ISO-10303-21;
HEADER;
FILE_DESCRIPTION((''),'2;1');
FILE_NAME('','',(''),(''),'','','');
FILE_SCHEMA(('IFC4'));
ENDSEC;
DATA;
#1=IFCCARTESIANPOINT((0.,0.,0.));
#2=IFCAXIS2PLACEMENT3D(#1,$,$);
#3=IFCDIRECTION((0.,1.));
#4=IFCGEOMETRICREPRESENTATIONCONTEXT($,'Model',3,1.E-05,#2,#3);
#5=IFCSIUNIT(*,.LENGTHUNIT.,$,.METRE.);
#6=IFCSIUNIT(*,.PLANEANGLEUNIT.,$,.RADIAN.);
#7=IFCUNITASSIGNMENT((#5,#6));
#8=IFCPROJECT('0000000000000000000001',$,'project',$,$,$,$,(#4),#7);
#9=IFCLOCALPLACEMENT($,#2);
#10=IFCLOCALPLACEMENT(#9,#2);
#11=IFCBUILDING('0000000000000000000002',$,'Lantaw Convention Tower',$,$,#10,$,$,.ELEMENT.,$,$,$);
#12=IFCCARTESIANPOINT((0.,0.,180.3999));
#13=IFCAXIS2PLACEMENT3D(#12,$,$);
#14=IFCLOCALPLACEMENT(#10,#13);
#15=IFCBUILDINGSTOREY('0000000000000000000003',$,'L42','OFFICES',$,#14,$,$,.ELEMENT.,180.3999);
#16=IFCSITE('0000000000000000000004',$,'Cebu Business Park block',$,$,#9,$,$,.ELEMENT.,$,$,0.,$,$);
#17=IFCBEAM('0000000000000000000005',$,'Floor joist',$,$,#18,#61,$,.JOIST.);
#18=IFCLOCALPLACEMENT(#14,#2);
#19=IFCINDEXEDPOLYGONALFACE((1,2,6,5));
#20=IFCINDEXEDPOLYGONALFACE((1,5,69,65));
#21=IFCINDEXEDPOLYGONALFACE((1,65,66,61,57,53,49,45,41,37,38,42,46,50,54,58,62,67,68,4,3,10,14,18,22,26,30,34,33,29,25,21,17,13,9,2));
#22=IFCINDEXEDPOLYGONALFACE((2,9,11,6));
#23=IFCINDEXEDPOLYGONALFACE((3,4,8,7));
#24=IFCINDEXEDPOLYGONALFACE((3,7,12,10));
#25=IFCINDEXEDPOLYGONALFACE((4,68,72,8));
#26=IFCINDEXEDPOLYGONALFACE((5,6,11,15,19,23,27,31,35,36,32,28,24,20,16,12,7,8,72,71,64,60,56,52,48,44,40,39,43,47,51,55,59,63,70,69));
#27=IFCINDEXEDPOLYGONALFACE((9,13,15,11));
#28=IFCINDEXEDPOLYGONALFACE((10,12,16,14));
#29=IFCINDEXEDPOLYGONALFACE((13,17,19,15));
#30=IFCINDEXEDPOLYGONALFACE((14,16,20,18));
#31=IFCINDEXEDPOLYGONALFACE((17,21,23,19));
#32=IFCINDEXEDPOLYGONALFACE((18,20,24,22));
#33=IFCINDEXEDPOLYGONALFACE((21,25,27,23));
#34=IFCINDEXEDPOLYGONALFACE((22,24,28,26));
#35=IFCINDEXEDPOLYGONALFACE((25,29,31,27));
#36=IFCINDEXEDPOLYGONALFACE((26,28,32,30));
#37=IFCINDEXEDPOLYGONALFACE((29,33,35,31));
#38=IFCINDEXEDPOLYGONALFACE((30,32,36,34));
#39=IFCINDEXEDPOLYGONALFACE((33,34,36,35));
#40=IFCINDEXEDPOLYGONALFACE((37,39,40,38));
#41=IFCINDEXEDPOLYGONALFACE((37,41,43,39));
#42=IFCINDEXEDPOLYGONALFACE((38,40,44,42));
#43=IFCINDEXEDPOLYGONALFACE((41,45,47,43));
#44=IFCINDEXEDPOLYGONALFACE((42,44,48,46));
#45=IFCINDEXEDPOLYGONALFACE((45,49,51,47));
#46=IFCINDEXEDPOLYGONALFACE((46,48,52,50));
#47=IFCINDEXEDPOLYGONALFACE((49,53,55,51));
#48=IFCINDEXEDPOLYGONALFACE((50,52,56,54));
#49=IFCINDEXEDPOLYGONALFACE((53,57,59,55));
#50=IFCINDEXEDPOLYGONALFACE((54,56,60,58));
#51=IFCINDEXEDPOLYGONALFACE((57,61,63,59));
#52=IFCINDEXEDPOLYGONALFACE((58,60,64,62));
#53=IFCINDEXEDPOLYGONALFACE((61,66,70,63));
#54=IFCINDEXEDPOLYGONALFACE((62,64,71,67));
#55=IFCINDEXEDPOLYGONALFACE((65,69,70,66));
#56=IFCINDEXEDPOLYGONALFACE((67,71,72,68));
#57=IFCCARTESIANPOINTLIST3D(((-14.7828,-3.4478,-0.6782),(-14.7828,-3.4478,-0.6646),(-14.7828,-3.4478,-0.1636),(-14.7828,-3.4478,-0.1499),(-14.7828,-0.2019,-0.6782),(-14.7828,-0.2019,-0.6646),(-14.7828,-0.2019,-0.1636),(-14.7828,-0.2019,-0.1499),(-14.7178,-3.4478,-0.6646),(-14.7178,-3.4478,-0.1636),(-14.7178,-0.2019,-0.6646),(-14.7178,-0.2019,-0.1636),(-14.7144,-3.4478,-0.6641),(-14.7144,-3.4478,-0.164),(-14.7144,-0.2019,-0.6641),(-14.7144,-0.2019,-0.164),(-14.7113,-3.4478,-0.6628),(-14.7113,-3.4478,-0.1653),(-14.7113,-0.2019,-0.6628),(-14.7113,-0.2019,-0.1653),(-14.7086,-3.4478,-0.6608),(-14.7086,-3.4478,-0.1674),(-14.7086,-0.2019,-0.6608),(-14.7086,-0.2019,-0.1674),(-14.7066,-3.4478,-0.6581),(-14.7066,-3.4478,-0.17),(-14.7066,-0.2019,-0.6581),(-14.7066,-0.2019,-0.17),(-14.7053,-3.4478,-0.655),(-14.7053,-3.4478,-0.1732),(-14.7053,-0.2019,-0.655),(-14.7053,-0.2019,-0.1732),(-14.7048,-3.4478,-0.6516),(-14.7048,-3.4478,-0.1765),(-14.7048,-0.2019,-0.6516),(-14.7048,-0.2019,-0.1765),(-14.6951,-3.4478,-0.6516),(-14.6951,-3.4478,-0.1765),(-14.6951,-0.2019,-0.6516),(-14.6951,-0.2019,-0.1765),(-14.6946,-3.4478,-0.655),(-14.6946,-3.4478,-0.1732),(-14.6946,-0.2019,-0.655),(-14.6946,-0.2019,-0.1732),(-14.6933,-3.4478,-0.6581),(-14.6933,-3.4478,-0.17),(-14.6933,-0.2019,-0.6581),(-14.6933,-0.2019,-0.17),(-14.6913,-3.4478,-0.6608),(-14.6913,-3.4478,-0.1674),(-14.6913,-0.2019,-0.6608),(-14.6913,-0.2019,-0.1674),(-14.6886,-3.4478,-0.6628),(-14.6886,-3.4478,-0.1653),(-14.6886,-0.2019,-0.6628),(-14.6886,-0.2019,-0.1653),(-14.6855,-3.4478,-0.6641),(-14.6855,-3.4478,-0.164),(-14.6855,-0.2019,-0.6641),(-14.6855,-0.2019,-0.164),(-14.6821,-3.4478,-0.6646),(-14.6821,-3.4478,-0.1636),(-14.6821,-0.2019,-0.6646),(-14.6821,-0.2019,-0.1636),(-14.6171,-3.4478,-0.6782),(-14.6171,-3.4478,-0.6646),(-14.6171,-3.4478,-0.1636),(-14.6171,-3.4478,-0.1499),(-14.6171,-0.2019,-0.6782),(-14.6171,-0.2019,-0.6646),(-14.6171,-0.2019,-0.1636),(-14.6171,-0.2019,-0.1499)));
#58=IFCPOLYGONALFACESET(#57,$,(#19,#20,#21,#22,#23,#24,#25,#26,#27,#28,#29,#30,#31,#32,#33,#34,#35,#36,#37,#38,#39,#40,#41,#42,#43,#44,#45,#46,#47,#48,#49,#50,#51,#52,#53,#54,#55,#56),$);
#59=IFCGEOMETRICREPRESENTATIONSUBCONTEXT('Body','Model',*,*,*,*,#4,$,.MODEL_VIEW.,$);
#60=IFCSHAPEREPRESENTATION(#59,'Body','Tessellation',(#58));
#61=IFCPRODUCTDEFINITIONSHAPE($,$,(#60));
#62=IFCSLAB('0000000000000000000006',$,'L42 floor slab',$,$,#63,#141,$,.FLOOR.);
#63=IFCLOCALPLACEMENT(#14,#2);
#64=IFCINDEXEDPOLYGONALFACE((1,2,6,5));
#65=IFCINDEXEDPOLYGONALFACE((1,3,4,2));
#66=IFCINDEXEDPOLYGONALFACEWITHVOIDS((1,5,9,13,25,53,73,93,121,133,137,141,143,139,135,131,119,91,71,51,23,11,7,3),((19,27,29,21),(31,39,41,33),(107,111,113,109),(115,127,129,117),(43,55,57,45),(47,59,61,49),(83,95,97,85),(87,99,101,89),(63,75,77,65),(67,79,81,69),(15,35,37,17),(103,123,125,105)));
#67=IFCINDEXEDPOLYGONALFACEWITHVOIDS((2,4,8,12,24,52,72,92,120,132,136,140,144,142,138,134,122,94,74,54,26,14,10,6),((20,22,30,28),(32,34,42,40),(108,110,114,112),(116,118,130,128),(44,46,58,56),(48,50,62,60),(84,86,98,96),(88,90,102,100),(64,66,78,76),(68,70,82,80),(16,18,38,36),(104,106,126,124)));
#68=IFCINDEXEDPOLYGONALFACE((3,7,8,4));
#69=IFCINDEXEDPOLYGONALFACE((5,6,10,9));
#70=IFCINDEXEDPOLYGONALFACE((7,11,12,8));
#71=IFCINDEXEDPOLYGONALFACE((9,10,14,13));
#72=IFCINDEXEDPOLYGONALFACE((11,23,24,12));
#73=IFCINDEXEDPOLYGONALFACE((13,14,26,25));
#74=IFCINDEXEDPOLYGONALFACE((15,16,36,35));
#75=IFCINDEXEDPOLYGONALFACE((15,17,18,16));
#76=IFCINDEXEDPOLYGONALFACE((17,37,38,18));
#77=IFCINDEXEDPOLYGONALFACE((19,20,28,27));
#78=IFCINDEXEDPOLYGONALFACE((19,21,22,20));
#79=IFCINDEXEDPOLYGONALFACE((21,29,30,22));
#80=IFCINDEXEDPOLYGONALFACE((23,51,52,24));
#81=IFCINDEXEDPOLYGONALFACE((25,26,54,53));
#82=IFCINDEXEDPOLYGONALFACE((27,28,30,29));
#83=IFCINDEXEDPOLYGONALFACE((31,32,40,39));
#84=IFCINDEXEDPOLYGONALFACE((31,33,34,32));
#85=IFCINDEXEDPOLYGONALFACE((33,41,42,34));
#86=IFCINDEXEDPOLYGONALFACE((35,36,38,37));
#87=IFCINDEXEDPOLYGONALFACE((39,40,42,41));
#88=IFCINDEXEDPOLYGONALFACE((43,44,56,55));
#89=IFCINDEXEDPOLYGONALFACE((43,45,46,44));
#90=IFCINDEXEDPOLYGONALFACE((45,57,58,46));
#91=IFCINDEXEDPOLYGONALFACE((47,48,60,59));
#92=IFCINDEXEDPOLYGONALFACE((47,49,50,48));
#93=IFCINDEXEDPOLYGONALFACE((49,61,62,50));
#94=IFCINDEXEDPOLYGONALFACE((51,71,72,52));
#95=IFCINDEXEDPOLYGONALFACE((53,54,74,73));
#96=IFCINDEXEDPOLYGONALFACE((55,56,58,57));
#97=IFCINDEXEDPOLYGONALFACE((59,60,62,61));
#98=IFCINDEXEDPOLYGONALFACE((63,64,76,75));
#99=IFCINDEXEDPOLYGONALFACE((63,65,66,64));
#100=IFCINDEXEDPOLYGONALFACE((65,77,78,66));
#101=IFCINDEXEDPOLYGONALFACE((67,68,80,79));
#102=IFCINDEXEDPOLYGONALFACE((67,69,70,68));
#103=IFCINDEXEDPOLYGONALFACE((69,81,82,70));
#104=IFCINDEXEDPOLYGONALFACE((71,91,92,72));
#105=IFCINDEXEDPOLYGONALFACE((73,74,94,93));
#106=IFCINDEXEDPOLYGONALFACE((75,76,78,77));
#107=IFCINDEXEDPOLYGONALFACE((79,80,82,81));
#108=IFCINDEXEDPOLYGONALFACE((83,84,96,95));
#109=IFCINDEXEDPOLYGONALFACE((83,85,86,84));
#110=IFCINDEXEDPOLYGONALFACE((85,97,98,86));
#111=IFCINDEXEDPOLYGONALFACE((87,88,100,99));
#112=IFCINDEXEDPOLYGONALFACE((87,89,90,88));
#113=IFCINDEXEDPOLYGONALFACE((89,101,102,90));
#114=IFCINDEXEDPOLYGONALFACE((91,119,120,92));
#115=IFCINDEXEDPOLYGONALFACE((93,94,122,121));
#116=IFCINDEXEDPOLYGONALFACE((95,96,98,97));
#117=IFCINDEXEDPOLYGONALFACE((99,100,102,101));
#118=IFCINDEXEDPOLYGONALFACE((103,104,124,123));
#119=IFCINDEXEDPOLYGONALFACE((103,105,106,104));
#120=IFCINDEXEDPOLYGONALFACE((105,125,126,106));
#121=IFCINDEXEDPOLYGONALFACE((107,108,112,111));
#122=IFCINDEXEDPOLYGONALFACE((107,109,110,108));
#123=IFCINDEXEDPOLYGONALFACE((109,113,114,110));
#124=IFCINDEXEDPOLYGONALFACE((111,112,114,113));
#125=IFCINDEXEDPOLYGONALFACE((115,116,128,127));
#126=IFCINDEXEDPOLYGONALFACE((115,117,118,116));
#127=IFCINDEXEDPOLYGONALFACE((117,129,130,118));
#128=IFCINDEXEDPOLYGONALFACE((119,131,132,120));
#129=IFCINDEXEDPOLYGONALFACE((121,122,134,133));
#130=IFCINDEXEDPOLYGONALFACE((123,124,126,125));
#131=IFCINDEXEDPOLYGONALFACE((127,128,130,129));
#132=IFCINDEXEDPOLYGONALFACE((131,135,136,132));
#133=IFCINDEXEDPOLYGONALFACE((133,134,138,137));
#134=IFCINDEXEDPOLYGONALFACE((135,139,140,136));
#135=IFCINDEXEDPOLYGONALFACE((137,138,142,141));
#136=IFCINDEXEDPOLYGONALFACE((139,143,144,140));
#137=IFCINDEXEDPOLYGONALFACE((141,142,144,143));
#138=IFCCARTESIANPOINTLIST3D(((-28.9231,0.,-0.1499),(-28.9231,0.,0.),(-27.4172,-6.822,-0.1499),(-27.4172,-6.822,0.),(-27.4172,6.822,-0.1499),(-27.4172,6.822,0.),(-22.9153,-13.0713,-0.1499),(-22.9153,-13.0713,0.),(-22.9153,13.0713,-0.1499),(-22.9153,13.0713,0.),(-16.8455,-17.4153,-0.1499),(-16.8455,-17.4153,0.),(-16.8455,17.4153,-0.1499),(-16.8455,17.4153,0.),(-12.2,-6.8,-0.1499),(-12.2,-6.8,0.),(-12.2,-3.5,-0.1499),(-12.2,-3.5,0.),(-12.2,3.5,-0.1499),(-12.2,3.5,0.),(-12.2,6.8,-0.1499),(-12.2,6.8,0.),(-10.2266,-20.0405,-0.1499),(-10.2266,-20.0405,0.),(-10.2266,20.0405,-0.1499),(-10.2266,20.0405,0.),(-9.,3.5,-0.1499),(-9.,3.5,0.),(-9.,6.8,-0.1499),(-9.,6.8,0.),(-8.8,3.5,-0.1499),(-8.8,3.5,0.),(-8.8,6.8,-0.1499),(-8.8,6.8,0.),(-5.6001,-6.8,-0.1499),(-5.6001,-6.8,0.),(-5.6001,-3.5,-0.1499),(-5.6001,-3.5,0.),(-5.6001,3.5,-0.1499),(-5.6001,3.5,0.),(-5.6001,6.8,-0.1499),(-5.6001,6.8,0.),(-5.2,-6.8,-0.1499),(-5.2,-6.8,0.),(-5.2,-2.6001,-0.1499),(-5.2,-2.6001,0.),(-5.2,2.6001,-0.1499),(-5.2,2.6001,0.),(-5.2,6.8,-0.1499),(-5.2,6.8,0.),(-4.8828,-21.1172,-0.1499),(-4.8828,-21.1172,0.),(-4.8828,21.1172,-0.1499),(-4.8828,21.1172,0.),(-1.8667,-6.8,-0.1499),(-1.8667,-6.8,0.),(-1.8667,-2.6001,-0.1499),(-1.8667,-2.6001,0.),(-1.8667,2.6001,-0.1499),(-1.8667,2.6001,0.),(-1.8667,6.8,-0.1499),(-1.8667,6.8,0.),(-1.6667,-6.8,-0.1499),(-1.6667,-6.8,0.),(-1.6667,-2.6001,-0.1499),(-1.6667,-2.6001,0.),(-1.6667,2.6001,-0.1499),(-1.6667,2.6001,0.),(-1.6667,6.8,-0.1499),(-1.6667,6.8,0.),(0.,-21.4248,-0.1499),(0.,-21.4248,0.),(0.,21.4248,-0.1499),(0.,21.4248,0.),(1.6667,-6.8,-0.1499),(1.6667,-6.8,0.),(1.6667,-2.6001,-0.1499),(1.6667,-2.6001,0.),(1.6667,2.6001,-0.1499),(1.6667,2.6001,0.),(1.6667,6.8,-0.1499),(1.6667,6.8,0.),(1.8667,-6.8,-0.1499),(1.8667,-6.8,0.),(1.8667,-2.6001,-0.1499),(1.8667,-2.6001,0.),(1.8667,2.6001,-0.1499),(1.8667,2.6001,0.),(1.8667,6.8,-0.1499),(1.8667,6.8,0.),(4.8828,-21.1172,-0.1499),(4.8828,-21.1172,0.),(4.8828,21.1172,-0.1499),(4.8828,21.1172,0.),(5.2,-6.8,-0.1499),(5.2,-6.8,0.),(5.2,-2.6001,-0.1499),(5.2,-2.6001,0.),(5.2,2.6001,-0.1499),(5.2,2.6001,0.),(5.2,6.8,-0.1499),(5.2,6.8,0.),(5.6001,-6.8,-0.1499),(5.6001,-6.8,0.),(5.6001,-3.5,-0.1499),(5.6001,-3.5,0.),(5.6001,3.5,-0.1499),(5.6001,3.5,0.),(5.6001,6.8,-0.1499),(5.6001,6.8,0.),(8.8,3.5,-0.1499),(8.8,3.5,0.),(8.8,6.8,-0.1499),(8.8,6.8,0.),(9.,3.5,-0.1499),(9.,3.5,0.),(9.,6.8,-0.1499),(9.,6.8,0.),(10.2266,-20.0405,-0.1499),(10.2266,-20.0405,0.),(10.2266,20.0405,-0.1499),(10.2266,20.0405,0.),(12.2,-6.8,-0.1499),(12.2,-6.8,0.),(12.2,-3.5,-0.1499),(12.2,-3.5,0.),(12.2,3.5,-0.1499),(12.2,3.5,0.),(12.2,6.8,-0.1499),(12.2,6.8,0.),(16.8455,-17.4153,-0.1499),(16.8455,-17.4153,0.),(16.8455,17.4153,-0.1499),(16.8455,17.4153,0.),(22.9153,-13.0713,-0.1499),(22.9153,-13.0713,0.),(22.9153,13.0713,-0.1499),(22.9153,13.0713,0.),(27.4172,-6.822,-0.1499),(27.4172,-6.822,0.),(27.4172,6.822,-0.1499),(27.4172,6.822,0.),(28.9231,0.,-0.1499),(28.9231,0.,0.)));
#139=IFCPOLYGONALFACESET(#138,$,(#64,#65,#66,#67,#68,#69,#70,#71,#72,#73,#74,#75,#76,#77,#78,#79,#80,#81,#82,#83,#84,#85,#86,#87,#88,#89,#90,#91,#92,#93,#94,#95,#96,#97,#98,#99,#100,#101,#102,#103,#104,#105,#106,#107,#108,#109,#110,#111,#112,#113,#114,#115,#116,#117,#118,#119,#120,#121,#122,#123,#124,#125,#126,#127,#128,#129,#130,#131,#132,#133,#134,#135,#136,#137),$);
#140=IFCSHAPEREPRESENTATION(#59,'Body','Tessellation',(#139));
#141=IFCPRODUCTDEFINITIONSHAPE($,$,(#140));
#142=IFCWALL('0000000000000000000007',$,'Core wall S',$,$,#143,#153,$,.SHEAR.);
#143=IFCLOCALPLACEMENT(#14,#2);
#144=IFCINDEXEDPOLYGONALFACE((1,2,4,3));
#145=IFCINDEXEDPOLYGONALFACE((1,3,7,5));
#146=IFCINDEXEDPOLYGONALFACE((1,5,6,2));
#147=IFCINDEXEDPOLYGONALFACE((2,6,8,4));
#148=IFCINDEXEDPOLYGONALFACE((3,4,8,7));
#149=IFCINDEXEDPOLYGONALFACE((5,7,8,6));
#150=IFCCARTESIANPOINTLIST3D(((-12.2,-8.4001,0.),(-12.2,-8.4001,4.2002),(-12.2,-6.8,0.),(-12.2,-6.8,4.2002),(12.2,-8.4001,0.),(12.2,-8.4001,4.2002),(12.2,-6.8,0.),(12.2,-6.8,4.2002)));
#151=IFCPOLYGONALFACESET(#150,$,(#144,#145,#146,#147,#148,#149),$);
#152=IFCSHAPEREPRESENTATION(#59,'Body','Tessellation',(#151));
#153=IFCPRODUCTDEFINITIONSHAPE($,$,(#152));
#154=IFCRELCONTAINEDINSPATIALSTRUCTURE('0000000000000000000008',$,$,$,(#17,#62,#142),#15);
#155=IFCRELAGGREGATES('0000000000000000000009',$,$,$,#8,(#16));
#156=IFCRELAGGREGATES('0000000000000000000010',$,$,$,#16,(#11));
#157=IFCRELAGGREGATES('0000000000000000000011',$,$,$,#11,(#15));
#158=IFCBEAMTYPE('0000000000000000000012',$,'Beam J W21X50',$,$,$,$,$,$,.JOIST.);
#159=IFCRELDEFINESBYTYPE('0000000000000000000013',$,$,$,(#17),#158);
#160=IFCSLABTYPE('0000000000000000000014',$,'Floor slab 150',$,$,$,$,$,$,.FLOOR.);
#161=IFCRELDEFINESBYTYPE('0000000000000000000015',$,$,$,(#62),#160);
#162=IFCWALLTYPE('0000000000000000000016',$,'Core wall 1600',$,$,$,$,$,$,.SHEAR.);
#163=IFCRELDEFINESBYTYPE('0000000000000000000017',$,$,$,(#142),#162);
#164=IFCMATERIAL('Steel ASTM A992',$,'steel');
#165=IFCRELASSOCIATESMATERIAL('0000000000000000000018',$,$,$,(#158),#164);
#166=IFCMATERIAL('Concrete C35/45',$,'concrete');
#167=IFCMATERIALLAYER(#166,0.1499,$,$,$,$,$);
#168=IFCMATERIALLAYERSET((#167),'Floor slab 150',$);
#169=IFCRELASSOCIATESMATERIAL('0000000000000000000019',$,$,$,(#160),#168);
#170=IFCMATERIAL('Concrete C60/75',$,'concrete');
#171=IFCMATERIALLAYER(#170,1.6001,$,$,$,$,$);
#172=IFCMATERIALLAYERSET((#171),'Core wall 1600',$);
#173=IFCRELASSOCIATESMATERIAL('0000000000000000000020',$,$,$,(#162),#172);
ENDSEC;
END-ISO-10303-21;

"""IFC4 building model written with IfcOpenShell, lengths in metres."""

from ifc_helpers import new_model, si_unit, direction, frame, frame_2d, origin, origin_2d, place, context, subcontext, project, spatial, polyline, rectangle, i_section, outline, extrude, material, layer, layer_set, material_profile, profile_set, type_object, element, save


model = new_model("IFC4")

# Units and contexts
model_context = context("Model", 3, precision=1e-05, world=origin(), true_north=direction((0.0, 1.0)))
body_context = subcontext(model_context, "Body", "Model", "MODEL_VIEW")
ifc_project = project(units=[si_unit("LENGTHUNIT", "METRE"), si_unit("PLANEANGLEUNIT", "RADIAN")], contexts=[model_context])

# Site, building, storey
site_placement = place(None, origin())
site = spatial("IfcSite", under=ifc_project, at=site_placement, Name="Cebu Business Park block", CompositionType="ELEMENT", RefElevation=0.0)
building_placement = place(site_placement, origin())
building = spatial("IfcBuilding", under=site, at=building_placement, Name="Lantaw Convention Tower", CompositionType="ELEMENT")
storey_placement = place(building_placement, frame((0.0, 0.0, 180.3999)))
storey = spatial("IfcBuildingStorey", under=building, at=storey_placement, Name="L42", Description="OFFICES", CompositionType="ELEMENT", Elevation=180.3999)

# Beam
ifc_material_1 = material(Name="Steel ASTM A992", Category="steel")
ifc_material_profile_1 = material_profile(ifc_material_1, i_section(OverallWidth=0.1658, OverallDepth=0.5283, WebThickness=0.0098, FlangeThickness=0.0137, FilletRadius=0.0129, at=origin_2d()), Name="W21X50")
ifc_profile_set_1 = profile_set([ifc_material_profile_1], Name="Steel ASTM A992")
beam_type_1 = type_object("IfcBeamType", Name="Beam J W21X50", PredefinedType="JOIST", material=ifc_profile_set_1)
beam_1_placement = place(storey_placement, frame((-14.7, -3.4478, -0.4141), z_axis=(0.0, 1.0, 0.0), x_axis=(-1.0, 0.0, 0.0)))
element("IfcBeam", 1, at=beam_1_placement, inside=storey, type_object=beam_type_1, Name="Floor joist", PredefinedType="JOIST", context=body_context, shape_type="SweptSolid", body=[
    extrude(i_section(OverallWidth=0.1658, OverallDepth=0.5283, WebThickness=0.0098, FlangeThickness=0.0137, FilletRadius=0.0129, at=origin_2d()), origin(), (0.0, 0.0, 1.0), 3.2458),
])

# Slab
ifc_material_2 = material(Name="Concrete C35/45", Category="concrete")
ifc_layer_1 = layer(ifc_material_2, 0.1499)
ifc_layer_set_1 = layer_set([ifc_layer_1], Name="Floor slab 150")
slab_type = type_object("IfcSlabType", Name="Floor slab 150", PredefinedType="FLOOR", material=ifc_layer_set_1)
slab_placement = place(storey_placement, frame((0.0, 0.0, -0.1499)))
element("IfcSlab", 2, at=slab_placement, inside=storey, type_object=slab_type, Name="L42 floor slab", PredefinedType="FLOOR", context=body_context, shape_type="SweptSolid", body=[
    extrude(outline(polyline([(27.4172, -6.822), (28.9231, 0.0), (27.4172, 6.822), (22.9153, 13.0713), (16.8455, 17.4153), (10.2266, 20.0405), (4.8828, 21.1172), (0.0, 21.4248), (-4.8828, 21.1172), (-10.2266, 20.0405), (-16.8455, 17.4153), (-22.9153, 13.0713), (-27.4172, 6.822), (-28.9231, 0.0), (-27.4172, -6.822), (-22.9153, -13.0713), (-16.8455, -17.4153), (-10.2266, -20.0405), (-4.8828, -21.1172), (0.0, -21.4248), (4.8828, -21.1172), (10.2266, -20.0405), (16.8455, -17.4153), (22.9153, -13.0713), (27.4172, -6.822)]), holes=[polyline([(-5.6001, -3.5), (-12.2, -3.5), (-12.2, -6.8), (-5.6001, -6.8), (-5.6001, -3.5)]), polyline([(-1.8667, -6.8), (-1.8667, -2.6001), (-5.2, -2.6001), (-5.2, -6.8), (-1.8667, -6.8)]), polyline([(-1.8667, 2.6001), (-1.8667, 6.8), (-5.2, 6.8), (-5.2, 2.6001), (-1.8667, 2.6001)]), polyline([(1.6667, 6.8), (-1.6667, 6.8), (-1.6667, 2.6001), (1.6667, 2.6001), (1.6667, 6.8)]), polyline([(-9.0, 3.5), (-9.0, 6.8), (-12.2, 6.8), (-12.2, 3.5), (-9.0, 3.5)]), polyline([(-5.6001, 3.5), (-5.6001, 6.8), (-8.8, 6.8), (-8.8, 3.5), (-5.6001, 3.5)]), polyline([(12.2, -3.5), (5.6001, -3.5), (5.6001, -6.8), (12.2, -6.8), (12.2, -3.5)]), polyline([(1.6667, -6.8), (1.6667, -2.6001), (-1.6667, -2.6001), (-1.6667, -6.8), (1.6667, -6.8)]), polyline([(5.2, -6.8), (5.2, -2.6001), (1.8667, -2.6001), (1.8667, -6.8), (5.2, -6.8)]), polyline([(5.2, 6.8), (1.8667, 6.8), (1.8667, 2.6001), (5.2, 2.6001), (5.2, 6.8)]), polyline([(8.8, 3.5), (8.8, 6.8), (5.6001, 6.8), (5.6001, 3.5), (8.8, 3.5)]), polyline([(12.2, 3.5), (12.2, 6.8), (9.0, 6.8), (9.0, 3.5), (12.2, 3.5)])]), origin(), (0.0, 0.0, 1.0), 0.1499),
])

# Wall
ifc_material_3 = material(Name="Concrete C60/75", Category="concrete")
ifc_layer_2 = layer(ifc_material_3, 1.6001)
ifc_layer_set_2 = layer_set([ifc_layer_2], Name="Core wall 1600")
wall_type_1 = type_object("IfcWallType", Name="Core wall 1600", PredefinedType="SHEAR", material=ifc_layer_set_2)
wall_1_placement = place(storey_placement, frame((-12.2, -7.6001, 0.0), z_axis=(0.0, 0.0, 1.0), x_axis=(1.0, 0.0, 0.0)))
element("IfcWall", 3, at=wall_1_placement, inside=storey, type_object=wall_type_1, Name="Core wall S", PredefinedType="SHEAR", context=body_context, shape_type="SweptSolid", body=[
    extrude(rectangle(XDim=24.3999, YDim=1.6001, at=frame_2d((12.2, 0.0))), origin(), (0.0, 0.0, 1.0), 4.2002),
])

save(model, "model.ifc")
